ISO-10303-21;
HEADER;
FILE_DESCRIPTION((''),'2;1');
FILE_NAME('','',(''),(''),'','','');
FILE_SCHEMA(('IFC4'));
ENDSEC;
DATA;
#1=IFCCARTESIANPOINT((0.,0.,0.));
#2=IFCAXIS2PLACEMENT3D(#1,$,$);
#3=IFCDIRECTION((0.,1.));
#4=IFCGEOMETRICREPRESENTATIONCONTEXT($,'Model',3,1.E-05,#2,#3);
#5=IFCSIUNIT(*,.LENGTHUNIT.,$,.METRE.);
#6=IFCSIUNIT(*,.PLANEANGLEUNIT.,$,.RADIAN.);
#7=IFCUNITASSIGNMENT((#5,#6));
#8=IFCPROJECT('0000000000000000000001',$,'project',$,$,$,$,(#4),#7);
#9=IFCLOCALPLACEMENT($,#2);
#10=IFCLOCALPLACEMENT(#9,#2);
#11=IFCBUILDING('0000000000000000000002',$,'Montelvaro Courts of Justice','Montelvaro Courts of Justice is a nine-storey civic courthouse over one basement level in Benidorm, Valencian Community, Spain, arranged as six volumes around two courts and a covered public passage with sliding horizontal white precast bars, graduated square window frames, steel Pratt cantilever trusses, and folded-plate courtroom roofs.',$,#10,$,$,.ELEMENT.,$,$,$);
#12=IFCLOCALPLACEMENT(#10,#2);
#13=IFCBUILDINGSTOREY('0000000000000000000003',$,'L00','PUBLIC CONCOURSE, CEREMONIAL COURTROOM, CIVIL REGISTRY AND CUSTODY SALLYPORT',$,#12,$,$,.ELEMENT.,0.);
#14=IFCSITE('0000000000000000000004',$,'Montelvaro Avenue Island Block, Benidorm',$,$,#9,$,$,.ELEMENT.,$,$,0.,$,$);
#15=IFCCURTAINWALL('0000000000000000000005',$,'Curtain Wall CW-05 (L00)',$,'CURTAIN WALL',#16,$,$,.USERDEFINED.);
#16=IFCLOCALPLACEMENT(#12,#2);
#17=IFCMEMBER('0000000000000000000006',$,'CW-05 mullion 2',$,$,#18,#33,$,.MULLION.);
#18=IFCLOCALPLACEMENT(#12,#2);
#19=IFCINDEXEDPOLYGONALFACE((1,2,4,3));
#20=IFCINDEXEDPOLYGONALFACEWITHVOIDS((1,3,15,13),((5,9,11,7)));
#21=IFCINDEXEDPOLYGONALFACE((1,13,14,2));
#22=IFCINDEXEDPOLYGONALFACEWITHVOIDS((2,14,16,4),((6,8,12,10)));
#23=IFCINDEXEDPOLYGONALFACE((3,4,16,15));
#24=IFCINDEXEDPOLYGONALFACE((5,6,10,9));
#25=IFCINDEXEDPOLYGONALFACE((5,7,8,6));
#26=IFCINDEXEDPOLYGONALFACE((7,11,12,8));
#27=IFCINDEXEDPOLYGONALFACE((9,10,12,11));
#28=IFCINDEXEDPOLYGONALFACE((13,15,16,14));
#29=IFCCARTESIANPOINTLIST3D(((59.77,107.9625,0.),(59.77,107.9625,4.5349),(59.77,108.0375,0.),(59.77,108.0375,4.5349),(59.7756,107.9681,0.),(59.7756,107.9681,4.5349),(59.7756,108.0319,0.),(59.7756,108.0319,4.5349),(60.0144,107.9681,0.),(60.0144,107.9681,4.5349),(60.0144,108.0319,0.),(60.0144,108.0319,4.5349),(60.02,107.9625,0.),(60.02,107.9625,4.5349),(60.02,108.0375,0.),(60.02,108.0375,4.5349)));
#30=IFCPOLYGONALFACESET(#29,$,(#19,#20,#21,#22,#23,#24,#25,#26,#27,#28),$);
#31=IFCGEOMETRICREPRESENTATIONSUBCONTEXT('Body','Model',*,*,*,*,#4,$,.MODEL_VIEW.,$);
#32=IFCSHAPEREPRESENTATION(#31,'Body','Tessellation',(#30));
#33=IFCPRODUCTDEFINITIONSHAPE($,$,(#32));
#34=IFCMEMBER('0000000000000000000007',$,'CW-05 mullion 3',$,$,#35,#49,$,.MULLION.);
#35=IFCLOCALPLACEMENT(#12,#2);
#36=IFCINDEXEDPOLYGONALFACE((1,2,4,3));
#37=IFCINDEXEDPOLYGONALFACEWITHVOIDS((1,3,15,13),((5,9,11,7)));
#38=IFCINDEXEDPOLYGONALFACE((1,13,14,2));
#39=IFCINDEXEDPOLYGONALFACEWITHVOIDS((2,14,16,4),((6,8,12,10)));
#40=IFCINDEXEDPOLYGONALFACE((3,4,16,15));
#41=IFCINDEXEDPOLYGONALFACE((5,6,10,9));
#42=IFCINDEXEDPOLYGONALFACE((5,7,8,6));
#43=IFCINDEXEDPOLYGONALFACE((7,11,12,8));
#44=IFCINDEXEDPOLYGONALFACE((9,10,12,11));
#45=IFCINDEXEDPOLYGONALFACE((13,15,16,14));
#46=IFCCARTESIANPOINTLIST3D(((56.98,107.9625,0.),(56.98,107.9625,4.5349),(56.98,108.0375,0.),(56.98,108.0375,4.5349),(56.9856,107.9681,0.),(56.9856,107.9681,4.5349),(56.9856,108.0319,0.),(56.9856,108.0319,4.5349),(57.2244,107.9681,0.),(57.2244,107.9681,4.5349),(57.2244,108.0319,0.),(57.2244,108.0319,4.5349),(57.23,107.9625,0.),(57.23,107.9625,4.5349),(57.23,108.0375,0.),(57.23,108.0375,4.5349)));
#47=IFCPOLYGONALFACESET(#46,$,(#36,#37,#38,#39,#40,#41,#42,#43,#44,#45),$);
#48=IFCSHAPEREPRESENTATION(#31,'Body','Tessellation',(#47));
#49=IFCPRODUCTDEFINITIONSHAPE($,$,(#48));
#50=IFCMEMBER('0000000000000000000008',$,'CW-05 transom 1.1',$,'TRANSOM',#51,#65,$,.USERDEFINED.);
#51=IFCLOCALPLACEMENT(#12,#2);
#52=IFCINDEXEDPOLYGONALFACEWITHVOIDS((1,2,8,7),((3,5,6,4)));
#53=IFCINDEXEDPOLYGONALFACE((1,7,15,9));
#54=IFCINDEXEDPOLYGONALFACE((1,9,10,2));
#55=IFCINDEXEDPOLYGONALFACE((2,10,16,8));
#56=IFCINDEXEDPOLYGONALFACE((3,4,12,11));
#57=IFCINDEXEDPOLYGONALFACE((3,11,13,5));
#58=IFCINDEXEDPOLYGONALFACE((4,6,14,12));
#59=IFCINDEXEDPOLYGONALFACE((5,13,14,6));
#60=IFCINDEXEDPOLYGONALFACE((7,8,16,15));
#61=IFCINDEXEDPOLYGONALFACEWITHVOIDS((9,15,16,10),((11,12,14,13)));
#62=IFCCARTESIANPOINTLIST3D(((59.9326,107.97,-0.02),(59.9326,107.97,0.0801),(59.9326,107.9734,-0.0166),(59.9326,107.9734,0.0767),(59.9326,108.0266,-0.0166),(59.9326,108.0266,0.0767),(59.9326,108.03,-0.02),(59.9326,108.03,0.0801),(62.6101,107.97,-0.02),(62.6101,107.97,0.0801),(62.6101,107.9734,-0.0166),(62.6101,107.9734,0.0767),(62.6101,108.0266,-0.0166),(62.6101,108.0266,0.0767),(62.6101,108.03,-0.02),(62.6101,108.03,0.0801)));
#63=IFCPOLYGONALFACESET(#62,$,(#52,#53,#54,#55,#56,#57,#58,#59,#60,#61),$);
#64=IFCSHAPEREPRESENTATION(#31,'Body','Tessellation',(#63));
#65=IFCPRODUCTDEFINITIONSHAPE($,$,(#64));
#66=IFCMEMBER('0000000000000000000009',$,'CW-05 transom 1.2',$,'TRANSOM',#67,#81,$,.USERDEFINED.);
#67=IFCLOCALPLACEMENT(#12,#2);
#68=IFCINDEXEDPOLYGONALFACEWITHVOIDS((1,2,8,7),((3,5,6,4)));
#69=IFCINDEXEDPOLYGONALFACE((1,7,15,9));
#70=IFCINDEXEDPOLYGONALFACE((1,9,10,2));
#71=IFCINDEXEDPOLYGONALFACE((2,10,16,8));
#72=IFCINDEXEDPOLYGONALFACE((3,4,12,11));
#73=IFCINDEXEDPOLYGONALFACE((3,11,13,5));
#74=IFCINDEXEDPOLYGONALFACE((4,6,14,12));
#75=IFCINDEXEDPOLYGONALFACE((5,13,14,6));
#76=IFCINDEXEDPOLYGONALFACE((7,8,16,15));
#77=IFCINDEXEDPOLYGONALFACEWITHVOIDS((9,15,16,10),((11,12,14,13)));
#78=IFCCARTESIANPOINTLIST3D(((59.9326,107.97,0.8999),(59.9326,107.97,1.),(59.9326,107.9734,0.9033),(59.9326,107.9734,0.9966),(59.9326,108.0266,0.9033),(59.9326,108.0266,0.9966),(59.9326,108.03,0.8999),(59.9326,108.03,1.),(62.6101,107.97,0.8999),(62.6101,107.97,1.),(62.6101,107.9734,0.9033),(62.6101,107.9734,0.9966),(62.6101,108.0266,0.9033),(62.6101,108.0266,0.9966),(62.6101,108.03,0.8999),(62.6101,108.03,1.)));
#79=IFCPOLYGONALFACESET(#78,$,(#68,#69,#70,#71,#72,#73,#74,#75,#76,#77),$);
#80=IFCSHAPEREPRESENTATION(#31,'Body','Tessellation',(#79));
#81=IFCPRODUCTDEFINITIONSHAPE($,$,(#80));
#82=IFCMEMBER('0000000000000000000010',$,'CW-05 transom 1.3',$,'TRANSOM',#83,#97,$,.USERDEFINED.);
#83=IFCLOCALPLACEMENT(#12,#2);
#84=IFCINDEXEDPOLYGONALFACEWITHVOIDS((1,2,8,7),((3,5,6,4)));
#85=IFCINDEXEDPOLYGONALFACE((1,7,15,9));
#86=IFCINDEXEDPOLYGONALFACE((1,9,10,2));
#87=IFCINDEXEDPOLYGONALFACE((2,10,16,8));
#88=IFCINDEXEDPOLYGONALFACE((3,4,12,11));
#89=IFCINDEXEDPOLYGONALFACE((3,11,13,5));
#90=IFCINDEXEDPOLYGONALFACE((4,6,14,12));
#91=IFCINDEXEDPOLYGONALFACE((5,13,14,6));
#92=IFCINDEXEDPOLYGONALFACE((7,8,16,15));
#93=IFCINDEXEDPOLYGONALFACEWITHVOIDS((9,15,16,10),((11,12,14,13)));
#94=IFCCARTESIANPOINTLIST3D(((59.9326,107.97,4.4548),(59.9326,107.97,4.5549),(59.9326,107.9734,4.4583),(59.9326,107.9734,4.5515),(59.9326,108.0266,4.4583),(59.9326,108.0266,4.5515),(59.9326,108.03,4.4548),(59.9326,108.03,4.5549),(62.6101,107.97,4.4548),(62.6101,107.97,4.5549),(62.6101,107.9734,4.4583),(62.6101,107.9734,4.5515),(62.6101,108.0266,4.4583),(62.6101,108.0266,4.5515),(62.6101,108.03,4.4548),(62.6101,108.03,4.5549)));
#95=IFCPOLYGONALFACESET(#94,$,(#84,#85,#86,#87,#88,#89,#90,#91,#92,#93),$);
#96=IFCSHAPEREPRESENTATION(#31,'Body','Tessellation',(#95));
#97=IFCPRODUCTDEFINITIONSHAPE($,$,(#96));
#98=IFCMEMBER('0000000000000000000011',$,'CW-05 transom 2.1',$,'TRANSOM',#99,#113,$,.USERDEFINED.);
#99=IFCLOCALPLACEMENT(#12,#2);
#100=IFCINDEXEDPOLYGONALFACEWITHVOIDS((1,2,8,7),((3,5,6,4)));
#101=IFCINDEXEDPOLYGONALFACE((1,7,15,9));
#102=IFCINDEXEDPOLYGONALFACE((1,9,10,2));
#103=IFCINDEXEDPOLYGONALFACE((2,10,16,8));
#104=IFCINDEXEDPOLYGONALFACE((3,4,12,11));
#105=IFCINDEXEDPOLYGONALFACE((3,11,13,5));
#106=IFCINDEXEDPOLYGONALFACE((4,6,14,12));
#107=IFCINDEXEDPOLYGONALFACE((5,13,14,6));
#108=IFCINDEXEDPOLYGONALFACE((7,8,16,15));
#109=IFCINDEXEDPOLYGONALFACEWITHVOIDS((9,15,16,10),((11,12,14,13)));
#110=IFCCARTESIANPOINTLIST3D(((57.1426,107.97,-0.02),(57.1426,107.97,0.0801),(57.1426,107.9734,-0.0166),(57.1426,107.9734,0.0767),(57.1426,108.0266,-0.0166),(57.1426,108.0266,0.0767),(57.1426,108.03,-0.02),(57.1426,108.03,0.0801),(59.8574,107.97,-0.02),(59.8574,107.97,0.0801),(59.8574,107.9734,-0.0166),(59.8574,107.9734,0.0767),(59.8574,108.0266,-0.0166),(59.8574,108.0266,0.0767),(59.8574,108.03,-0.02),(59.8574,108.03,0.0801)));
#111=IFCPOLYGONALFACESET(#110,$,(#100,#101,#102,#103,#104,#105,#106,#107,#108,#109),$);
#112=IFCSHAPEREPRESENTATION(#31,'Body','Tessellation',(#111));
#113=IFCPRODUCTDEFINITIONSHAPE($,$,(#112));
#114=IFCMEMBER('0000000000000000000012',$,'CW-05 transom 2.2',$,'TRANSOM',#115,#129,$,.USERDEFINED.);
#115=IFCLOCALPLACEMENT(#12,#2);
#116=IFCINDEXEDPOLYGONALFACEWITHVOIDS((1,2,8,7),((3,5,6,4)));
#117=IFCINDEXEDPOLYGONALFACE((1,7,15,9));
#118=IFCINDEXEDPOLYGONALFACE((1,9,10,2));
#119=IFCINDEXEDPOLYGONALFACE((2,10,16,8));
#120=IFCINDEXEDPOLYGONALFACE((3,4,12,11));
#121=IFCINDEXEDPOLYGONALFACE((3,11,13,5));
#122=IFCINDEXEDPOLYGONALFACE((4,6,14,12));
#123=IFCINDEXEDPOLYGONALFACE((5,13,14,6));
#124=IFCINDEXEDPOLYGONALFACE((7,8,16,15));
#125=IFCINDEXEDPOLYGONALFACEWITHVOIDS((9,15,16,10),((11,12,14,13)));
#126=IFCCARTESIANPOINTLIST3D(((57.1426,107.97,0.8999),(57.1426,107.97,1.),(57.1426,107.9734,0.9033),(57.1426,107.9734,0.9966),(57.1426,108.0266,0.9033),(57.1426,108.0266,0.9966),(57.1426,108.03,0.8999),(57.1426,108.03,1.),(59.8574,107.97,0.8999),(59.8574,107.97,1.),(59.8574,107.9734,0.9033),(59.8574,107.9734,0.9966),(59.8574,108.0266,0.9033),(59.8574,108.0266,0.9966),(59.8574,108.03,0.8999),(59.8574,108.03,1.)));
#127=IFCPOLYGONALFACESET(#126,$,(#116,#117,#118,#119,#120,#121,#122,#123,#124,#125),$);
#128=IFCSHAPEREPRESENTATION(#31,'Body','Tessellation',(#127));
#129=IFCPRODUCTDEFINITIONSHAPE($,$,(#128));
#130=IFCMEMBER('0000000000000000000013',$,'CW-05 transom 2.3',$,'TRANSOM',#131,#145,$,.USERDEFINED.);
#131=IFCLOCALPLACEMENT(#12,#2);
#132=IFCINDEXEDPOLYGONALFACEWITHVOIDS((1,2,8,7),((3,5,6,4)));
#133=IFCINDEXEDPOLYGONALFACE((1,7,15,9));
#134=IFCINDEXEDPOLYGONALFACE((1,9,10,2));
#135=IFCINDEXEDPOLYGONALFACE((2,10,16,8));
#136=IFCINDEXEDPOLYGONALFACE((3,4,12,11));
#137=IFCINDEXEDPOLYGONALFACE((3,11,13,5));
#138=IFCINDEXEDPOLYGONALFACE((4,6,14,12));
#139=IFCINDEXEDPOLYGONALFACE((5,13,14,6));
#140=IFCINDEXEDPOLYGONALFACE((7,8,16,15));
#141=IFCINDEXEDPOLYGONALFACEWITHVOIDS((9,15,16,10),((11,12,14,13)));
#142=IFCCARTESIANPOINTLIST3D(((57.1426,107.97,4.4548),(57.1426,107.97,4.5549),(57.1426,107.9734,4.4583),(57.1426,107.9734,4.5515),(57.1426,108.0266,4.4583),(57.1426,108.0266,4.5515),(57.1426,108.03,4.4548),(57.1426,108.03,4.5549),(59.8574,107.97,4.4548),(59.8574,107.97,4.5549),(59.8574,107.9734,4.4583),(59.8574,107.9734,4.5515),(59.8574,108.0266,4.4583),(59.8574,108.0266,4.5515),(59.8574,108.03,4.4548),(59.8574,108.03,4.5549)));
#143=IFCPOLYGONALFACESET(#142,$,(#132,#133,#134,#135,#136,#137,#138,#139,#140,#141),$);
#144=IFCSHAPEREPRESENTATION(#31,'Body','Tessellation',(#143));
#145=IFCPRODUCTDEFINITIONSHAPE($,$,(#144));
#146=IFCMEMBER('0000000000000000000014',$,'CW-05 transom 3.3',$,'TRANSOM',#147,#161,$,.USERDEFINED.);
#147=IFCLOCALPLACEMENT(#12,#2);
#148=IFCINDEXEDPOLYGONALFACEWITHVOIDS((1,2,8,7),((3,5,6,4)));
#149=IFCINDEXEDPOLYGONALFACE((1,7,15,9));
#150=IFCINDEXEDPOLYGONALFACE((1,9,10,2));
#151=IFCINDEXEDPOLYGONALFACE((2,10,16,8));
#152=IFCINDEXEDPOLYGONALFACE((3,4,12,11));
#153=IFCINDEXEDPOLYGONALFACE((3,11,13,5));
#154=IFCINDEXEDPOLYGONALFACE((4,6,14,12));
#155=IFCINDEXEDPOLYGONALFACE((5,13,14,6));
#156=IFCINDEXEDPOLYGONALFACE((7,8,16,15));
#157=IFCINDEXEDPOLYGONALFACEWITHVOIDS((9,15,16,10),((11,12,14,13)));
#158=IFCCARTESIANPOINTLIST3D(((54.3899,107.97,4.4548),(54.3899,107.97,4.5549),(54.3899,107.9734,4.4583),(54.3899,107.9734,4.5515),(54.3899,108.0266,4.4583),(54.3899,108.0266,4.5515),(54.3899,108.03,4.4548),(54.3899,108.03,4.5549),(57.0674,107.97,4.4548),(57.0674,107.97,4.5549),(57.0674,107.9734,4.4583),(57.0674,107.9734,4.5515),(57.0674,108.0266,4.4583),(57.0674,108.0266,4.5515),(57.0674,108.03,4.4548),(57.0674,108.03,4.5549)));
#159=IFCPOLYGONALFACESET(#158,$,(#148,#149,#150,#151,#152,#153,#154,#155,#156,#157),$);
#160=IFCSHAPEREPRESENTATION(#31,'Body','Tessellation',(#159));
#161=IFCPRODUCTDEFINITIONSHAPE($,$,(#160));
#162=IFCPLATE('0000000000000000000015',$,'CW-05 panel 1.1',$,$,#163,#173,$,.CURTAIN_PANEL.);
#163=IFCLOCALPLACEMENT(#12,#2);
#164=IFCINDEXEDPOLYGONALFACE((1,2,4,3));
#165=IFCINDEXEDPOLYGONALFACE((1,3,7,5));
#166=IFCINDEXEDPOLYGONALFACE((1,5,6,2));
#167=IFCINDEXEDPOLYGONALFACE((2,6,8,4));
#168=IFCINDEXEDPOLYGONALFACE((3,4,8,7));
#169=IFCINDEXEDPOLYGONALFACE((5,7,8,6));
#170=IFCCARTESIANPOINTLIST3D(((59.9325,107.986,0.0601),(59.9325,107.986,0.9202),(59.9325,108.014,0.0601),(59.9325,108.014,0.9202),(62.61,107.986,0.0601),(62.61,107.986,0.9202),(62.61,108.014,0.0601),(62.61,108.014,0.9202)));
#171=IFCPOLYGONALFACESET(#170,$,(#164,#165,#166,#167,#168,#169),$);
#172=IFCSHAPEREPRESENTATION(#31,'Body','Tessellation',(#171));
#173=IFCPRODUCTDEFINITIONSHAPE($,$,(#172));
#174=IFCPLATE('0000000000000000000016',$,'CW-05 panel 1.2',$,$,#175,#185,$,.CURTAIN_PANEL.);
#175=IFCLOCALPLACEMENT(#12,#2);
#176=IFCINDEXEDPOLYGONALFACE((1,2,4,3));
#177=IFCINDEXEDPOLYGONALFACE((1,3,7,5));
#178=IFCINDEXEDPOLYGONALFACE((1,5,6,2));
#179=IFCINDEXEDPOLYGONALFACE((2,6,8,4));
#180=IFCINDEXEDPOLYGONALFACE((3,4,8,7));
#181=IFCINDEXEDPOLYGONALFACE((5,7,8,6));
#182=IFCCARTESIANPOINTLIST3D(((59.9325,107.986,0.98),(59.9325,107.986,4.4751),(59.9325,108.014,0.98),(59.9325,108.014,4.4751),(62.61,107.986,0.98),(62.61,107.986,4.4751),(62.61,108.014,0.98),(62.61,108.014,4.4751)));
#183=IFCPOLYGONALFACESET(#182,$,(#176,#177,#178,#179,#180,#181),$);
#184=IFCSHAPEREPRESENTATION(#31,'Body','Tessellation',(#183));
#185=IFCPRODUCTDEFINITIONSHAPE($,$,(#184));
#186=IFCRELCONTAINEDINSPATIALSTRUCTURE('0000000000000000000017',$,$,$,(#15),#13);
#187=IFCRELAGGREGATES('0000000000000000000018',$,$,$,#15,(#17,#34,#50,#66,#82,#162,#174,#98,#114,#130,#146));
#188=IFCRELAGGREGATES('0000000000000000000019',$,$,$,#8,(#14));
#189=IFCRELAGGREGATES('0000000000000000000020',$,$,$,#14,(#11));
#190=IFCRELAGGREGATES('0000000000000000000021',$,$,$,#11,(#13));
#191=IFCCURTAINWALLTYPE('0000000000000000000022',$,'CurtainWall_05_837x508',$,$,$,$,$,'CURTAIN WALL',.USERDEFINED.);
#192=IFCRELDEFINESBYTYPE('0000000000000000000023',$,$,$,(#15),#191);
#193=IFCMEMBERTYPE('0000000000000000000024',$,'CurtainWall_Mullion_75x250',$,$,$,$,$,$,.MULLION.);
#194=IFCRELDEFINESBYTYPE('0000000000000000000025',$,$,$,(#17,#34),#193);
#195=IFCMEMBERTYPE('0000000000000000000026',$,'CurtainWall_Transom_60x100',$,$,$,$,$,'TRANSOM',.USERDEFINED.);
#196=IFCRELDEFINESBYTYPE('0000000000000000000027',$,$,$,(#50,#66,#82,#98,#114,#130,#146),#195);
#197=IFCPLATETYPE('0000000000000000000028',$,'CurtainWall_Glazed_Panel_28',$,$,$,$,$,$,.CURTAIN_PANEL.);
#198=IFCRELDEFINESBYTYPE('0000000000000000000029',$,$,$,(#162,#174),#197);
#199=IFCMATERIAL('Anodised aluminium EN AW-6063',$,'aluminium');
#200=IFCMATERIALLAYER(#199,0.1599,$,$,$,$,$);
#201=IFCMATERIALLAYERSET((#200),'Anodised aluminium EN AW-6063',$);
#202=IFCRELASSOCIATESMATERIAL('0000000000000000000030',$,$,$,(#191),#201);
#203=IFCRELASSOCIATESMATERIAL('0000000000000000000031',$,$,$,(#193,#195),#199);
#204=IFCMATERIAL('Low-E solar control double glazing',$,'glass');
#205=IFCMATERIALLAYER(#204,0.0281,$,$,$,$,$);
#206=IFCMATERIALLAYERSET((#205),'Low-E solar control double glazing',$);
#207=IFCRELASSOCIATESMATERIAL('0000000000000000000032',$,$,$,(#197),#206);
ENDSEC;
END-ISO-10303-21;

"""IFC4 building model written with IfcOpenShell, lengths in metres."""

from ifc_helpers import new_model, si_unit, direction, frame, origin, origin_2d, place, context, subcontext, project, spatial, rectangle, hollow_rectangle, extrude, material, layer, layer_set, material_profile, profile_set, type_object, element, aggregate, save


model = new_model("IFC4")

# Units and contexts
model_context = context("Model", 3, precision=1e-05, world=origin(), true_north=direction((0.0, 1.0)))
body_context = subcontext(model_context, "Body", "Model", "MODEL_VIEW")
ifc_project = project(units=[si_unit("LENGTHUNIT", "METRE"), si_unit("PLANEANGLEUNIT", "RADIAN")], contexts=[model_context])

# Site, building, storey
site_placement = place(None, origin())
site = spatial("IfcSite", under=ifc_project, at=site_placement, Name="Montelvaro Avenue Island Block, Benidorm", CompositionType="ELEMENT", RefElevation=0.0)
building_placement = place(site_placement, origin())
building = spatial("IfcBuilding", under=site, at=building_placement, Name="Montelvaro Courts of Justice", Description="Montelvaro Courts of Justice is a nine-storey civic courthouse over one basement level in Benidorm, Valencian Community, Spain, arranged as six volumes around two courts and a covered public passage with sliding horizontal white precast bars, graduated square window frames, steel Pratt cantilever trusses, and folded-plate courtroom roofs.", CompositionType="ELEMENT")
storey_placement = place(building_placement, origin())
storey = spatial("IfcBuildingStorey", under=building, at=storey_placement, Name="L00", Description="PUBLIC CONCOURSE, CEREMONIAL COURTROOM, CIVIL REGISTRY AND CUSTODY SALLYPORT", CompositionType="ELEMENT", Elevation=0.0)

# Curtain wall, members, plates
ifc_material_1 = material(Name="Anodised aluminium EN AW-6063", Category="aluminium")
ifc_layer_1 = layer(ifc_material_1, 0.1599)
ifc_layer_set_1 = layer_set([ifc_layer_1], Name="Anodised aluminium EN AW-6063")
curtain_wall_type = type_object("IfcCurtainWallType", Name="CurtainWall_05_837x508", ElementType="CURTAIN WALL", PredefinedType="USERDEFINED", material=ifc_layer_set_1)
curtain_wall_placement = place(storey_placement, origin())
curtain_wall = element("IfcCurtainWall", 1, at=curtain_wall_placement, inside=storey, type_object=curtain_wall_type, Name="Curtain Wall CW-05 (L00)", ObjectType="CURTAIN WALL", PredefinedType="USERDEFINED")
ifc_material_profile_1 = material_profile(ifc_material_1, hollow_rectangle(XDim=0.075, YDim=0.25, WallThickness=0.0056, at=origin_2d()), Name="ALU-M 75x250")
ifc_profile_set_1 = profile_set([ifc_material_profile_1], Name="Anodised aluminium EN AW-6063")
member_type_1 = type_object("IfcMemberType", Name="CurtainWall_Mullion_75x250", PredefinedType="MULLION", material=ifc_profile_set_1)
member_1_placement = place(storey_placement, frame((59.895, 108.0, 0.0), z_axis=(0.0, 0.0, 1.0), x_axis=(0.0, -1.0, 0.0)))
member_1 = element("IfcMember", 2, at=member_1_placement, type_object=member_type_1, Name="CW-05 mullion 2", PredefinedType="MULLION", context=body_context, shape_type="SweptSolid", body=[
    extrude(hollow_rectangle(XDim=0.075, YDim=0.25, WallThickness=0.0056, at=origin_2d()), origin(), (0.0, 0.0, 1.0), 4.5349),
])
member_2_placement = place(storey_placement, frame((57.105, 108.0, 0.0), z_axis=(0.0, 0.0, 1.0), x_axis=(0.0, -1.0, 0.0)))
member_2 = element("IfcMember", 3, at=member_2_placement, type_object=member_type_1, Name="CW-05 mullion 3", PredefinedType="MULLION", context=body_context, shape_type="SweptSolid", body=[
    extrude(hollow_rectangle(XDim=0.075, YDim=0.25, WallThickness=0.0056, at=origin_2d()), origin(), (0.0, 0.0, 1.0), 4.5349),
])
ifc_material_profile_2 = material_profile(ifc_material_1, hollow_rectangle(XDim=0.0601, YDim=0.1001, WallThickness=0.0034, at=origin_2d()), Name="ALU-T 60x100")
ifc_profile_set_2 = profile_set([ifc_material_profile_2], Name="Anodised aluminium EN AW-6063")
member_type_2 = type_object("IfcMemberType", Name="CurtainWall_Transom_60x100", ElementType="TRANSOM", PredefinedType="USERDEFINED", material=ifc_profile_set_2)
member_3_placement = place(storey_placement, frame((62.6101, 108.0, 0.03), z_axis=(-1.0, 0.0, 0.0), x_axis=(0.0, -1.0, 0.0)))
member_3 = element("IfcMember", 4, at=member_3_placement, type_object=member_type_2, Name="CW-05 transom 1.1", ObjectType="TRANSOM", PredefinedType="USERDEFINED", context=body_context, shape_type="SweptSolid", body=[
    extrude(hollow_rectangle(XDim=0.0601, YDim=0.1001, WallThickness=0.0034, at=origin_2d()), origin(), (0.0, 0.0, 1.0), 2.6775),
])
member_4_placement = place(storey_placement, frame((62.6101, 108.0, 0.95), z_axis=(-1.0, 0.0, 0.0), x_axis=(0.0, -1.0, 0.0)))
member_4 = element("IfcMember", 5, at=member_4_placement, type_object=member_type_2, Name="CW-05 transom 1.2", ObjectType="TRANSOM", PredefinedType="USERDEFINED", context=body_context, shape_type="SweptSolid", body=[
    extrude(hollow_rectangle(XDim=0.0601, YDim=0.1001, WallThickness=0.0034, at=origin_2d()), origin(), (0.0, 0.0, 1.0), 2.6775),
])
member_5_placement = place(storey_placement, frame((62.6101, 108.0, 4.5049), z_axis=(-1.0, 0.0, 0.0), x_axis=(0.0, -1.0, 0.0)))
member_5 = element("IfcMember", 6, at=member_5_placement, type_object=member_type_2, Name="CW-05 transom 1.3", ObjectType="TRANSOM", PredefinedType="USERDEFINED", context=body_context, shape_type="SweptSolid", body=[
    extrude(hollow_rectangle(XDim=0.0601, YDim=0.1001, WallThickness=0.0034, at=origin_2d()), origin(), (0.0, 0.0, 1.0), 2.6775),
])
member_6_placement = place(storey_placement, frame((59.8574, 108.0, 0.03), z_axis=(-1.0, 0.0, 0.0), x_axis=(0.0, -1.0, 0.0)))
member_6 = element("IfcMember", 7, at=member_6_placement, type_object=member_type_2, Name="CW-05 transom 2.1", ObjectType="TRANSOM", PredefinedType="USERDEFINED", context=body_context, shape_type="SweptSolid", body=[
    extrude(hollow_rectangle(XDim=0.0601, YDim=0.1001, WallThickness=0.0034, at=origin_2d()), origin(), (0.0, 0.0, 1.0), 2.7148),
])
member_7_placement = place(storey_placement, frame((59.8574, 108.0, 0.95), z_axis=(-1.0, 0.0, 0.0), x_axis=(0.0, -1.0, 0.0)))
member_7 = element("IfcMember", 8, at=member_7_placement, type_object=member_type_2, Name="CW-05 transom 2.2", ObjectType="TRANSOM", PredefinedType="USERDEFINED", context=body_context, shape_type="SweptSolid", body=[
    extrude(hollow_rectangle(XDim=0.0601, YDim=0.1001, WallThickness=0.0034, at=origin_2d()), origin(), (0.0, 0.0, 1.0), 2.7148),
])
member_8_placement = place(storey_placement, frame((59.8574, 108.0, 4.5049), z_axis=(-1.0, 0.0, 0.0), x_axis=(0.0, -1.0, 0.0)))
member_8 = element("IfcMember", 9, at=member_8_placement, type_object=member_type_2, Name="CW-05 transom 2.3", ObjectType="TRANSOM", PredefinedType="USERDEFINED", context=body_context, shape_type="SweptSolid", body=[
    extrude(hollow_rectangle(XDim=0.0601, YDim=0.1001, WallThickness=0.0034, at=origin_2d()), origin(), (0.0, 0.0, 1.0), 2.7148),
])
member_9_placement = place(storey_placement, frame((57.0674, 108.0, 4.5049), z_axis=(-1.0, 0.0, 0.0), x_axis=(0.0, -1.0, 0.0)))
member_9 = element("IfcMember", 10, at=member_9_placement, type_object=member_type_2, Name="CW-05 transom 3.3", ObjectType="TRANSOM", PredefinedType="USERDEFINED", context=body_context, shape_type="SweptSolid", body=[
    extrude(hollow_rectangle(XDim=0.0601, YDim=0.1001, WallThickness=0.0034, at=origin_2d()), origin(), (0.0, 0.0, 1.0), 2.6775),
])
ifc_material_2 = material(Name="Low-E solar control double glazing", Category="glass")
ifc_layer_2 = layer(ifc_material_2, 0.0281)
ifc_layer_set_2 = layer_set([ifc_layer_2], Name="Low-E solar control double glazing")
plate_type = type_object("IfcPlateType", Name="CurtainWall_Glazed_Panel_28", PredefinedType="CURTAIN_PANEL", material=ifc_layer_set_2)
plate_1_placement = place(storey_placement, frame((61.2712, 108.0, 0.0601), z_axis=(0.0, 0.0, 1.0), x_axis=(-1.0, 0.0, 0.0)))
plate_1 = element("IfcPlate", 11, at=plate_1_placement, type_object=plate_type, Name="CW-05 panel 1.1", PredefinedType="CURTAIN_PANEL", context=body_context, shape_type="SweptSolid", body=[
    extrude(rectangle(XDim=2.6775, YDim=0.0281, at=origin_2d()), origin(), (0.0, 0.0, 1.0), 0.8601),
])
plate_2_placement = place(storey_placement, frame((61.2712, 108.0, 0.98), z_axis=(0.0, 0.0, 1.0), x_axis=(-1.0, 0.0, 0.0)))
plate_2 = element("IfcPlate", 12, at=plate_2_placement, type_object=plate_type, Name="CW-05 panel 1.2", PredefinedType="CURTAIN_PANEL", context=body_context, shape_type="SweptSolid", body=[
    extrude(rectangle(XDim=2.6775, YDim=0.0281, at=origin_2d()), origin(), (0.0, 0.0, 1.0), 3.4951),
])
aggregate(curtain_wall, [member_1, member_2, member_3, member_4, member_5, plate_1, plate_2, member_6, member_7, member_8, member_9])

save(model, "model.ifc")
